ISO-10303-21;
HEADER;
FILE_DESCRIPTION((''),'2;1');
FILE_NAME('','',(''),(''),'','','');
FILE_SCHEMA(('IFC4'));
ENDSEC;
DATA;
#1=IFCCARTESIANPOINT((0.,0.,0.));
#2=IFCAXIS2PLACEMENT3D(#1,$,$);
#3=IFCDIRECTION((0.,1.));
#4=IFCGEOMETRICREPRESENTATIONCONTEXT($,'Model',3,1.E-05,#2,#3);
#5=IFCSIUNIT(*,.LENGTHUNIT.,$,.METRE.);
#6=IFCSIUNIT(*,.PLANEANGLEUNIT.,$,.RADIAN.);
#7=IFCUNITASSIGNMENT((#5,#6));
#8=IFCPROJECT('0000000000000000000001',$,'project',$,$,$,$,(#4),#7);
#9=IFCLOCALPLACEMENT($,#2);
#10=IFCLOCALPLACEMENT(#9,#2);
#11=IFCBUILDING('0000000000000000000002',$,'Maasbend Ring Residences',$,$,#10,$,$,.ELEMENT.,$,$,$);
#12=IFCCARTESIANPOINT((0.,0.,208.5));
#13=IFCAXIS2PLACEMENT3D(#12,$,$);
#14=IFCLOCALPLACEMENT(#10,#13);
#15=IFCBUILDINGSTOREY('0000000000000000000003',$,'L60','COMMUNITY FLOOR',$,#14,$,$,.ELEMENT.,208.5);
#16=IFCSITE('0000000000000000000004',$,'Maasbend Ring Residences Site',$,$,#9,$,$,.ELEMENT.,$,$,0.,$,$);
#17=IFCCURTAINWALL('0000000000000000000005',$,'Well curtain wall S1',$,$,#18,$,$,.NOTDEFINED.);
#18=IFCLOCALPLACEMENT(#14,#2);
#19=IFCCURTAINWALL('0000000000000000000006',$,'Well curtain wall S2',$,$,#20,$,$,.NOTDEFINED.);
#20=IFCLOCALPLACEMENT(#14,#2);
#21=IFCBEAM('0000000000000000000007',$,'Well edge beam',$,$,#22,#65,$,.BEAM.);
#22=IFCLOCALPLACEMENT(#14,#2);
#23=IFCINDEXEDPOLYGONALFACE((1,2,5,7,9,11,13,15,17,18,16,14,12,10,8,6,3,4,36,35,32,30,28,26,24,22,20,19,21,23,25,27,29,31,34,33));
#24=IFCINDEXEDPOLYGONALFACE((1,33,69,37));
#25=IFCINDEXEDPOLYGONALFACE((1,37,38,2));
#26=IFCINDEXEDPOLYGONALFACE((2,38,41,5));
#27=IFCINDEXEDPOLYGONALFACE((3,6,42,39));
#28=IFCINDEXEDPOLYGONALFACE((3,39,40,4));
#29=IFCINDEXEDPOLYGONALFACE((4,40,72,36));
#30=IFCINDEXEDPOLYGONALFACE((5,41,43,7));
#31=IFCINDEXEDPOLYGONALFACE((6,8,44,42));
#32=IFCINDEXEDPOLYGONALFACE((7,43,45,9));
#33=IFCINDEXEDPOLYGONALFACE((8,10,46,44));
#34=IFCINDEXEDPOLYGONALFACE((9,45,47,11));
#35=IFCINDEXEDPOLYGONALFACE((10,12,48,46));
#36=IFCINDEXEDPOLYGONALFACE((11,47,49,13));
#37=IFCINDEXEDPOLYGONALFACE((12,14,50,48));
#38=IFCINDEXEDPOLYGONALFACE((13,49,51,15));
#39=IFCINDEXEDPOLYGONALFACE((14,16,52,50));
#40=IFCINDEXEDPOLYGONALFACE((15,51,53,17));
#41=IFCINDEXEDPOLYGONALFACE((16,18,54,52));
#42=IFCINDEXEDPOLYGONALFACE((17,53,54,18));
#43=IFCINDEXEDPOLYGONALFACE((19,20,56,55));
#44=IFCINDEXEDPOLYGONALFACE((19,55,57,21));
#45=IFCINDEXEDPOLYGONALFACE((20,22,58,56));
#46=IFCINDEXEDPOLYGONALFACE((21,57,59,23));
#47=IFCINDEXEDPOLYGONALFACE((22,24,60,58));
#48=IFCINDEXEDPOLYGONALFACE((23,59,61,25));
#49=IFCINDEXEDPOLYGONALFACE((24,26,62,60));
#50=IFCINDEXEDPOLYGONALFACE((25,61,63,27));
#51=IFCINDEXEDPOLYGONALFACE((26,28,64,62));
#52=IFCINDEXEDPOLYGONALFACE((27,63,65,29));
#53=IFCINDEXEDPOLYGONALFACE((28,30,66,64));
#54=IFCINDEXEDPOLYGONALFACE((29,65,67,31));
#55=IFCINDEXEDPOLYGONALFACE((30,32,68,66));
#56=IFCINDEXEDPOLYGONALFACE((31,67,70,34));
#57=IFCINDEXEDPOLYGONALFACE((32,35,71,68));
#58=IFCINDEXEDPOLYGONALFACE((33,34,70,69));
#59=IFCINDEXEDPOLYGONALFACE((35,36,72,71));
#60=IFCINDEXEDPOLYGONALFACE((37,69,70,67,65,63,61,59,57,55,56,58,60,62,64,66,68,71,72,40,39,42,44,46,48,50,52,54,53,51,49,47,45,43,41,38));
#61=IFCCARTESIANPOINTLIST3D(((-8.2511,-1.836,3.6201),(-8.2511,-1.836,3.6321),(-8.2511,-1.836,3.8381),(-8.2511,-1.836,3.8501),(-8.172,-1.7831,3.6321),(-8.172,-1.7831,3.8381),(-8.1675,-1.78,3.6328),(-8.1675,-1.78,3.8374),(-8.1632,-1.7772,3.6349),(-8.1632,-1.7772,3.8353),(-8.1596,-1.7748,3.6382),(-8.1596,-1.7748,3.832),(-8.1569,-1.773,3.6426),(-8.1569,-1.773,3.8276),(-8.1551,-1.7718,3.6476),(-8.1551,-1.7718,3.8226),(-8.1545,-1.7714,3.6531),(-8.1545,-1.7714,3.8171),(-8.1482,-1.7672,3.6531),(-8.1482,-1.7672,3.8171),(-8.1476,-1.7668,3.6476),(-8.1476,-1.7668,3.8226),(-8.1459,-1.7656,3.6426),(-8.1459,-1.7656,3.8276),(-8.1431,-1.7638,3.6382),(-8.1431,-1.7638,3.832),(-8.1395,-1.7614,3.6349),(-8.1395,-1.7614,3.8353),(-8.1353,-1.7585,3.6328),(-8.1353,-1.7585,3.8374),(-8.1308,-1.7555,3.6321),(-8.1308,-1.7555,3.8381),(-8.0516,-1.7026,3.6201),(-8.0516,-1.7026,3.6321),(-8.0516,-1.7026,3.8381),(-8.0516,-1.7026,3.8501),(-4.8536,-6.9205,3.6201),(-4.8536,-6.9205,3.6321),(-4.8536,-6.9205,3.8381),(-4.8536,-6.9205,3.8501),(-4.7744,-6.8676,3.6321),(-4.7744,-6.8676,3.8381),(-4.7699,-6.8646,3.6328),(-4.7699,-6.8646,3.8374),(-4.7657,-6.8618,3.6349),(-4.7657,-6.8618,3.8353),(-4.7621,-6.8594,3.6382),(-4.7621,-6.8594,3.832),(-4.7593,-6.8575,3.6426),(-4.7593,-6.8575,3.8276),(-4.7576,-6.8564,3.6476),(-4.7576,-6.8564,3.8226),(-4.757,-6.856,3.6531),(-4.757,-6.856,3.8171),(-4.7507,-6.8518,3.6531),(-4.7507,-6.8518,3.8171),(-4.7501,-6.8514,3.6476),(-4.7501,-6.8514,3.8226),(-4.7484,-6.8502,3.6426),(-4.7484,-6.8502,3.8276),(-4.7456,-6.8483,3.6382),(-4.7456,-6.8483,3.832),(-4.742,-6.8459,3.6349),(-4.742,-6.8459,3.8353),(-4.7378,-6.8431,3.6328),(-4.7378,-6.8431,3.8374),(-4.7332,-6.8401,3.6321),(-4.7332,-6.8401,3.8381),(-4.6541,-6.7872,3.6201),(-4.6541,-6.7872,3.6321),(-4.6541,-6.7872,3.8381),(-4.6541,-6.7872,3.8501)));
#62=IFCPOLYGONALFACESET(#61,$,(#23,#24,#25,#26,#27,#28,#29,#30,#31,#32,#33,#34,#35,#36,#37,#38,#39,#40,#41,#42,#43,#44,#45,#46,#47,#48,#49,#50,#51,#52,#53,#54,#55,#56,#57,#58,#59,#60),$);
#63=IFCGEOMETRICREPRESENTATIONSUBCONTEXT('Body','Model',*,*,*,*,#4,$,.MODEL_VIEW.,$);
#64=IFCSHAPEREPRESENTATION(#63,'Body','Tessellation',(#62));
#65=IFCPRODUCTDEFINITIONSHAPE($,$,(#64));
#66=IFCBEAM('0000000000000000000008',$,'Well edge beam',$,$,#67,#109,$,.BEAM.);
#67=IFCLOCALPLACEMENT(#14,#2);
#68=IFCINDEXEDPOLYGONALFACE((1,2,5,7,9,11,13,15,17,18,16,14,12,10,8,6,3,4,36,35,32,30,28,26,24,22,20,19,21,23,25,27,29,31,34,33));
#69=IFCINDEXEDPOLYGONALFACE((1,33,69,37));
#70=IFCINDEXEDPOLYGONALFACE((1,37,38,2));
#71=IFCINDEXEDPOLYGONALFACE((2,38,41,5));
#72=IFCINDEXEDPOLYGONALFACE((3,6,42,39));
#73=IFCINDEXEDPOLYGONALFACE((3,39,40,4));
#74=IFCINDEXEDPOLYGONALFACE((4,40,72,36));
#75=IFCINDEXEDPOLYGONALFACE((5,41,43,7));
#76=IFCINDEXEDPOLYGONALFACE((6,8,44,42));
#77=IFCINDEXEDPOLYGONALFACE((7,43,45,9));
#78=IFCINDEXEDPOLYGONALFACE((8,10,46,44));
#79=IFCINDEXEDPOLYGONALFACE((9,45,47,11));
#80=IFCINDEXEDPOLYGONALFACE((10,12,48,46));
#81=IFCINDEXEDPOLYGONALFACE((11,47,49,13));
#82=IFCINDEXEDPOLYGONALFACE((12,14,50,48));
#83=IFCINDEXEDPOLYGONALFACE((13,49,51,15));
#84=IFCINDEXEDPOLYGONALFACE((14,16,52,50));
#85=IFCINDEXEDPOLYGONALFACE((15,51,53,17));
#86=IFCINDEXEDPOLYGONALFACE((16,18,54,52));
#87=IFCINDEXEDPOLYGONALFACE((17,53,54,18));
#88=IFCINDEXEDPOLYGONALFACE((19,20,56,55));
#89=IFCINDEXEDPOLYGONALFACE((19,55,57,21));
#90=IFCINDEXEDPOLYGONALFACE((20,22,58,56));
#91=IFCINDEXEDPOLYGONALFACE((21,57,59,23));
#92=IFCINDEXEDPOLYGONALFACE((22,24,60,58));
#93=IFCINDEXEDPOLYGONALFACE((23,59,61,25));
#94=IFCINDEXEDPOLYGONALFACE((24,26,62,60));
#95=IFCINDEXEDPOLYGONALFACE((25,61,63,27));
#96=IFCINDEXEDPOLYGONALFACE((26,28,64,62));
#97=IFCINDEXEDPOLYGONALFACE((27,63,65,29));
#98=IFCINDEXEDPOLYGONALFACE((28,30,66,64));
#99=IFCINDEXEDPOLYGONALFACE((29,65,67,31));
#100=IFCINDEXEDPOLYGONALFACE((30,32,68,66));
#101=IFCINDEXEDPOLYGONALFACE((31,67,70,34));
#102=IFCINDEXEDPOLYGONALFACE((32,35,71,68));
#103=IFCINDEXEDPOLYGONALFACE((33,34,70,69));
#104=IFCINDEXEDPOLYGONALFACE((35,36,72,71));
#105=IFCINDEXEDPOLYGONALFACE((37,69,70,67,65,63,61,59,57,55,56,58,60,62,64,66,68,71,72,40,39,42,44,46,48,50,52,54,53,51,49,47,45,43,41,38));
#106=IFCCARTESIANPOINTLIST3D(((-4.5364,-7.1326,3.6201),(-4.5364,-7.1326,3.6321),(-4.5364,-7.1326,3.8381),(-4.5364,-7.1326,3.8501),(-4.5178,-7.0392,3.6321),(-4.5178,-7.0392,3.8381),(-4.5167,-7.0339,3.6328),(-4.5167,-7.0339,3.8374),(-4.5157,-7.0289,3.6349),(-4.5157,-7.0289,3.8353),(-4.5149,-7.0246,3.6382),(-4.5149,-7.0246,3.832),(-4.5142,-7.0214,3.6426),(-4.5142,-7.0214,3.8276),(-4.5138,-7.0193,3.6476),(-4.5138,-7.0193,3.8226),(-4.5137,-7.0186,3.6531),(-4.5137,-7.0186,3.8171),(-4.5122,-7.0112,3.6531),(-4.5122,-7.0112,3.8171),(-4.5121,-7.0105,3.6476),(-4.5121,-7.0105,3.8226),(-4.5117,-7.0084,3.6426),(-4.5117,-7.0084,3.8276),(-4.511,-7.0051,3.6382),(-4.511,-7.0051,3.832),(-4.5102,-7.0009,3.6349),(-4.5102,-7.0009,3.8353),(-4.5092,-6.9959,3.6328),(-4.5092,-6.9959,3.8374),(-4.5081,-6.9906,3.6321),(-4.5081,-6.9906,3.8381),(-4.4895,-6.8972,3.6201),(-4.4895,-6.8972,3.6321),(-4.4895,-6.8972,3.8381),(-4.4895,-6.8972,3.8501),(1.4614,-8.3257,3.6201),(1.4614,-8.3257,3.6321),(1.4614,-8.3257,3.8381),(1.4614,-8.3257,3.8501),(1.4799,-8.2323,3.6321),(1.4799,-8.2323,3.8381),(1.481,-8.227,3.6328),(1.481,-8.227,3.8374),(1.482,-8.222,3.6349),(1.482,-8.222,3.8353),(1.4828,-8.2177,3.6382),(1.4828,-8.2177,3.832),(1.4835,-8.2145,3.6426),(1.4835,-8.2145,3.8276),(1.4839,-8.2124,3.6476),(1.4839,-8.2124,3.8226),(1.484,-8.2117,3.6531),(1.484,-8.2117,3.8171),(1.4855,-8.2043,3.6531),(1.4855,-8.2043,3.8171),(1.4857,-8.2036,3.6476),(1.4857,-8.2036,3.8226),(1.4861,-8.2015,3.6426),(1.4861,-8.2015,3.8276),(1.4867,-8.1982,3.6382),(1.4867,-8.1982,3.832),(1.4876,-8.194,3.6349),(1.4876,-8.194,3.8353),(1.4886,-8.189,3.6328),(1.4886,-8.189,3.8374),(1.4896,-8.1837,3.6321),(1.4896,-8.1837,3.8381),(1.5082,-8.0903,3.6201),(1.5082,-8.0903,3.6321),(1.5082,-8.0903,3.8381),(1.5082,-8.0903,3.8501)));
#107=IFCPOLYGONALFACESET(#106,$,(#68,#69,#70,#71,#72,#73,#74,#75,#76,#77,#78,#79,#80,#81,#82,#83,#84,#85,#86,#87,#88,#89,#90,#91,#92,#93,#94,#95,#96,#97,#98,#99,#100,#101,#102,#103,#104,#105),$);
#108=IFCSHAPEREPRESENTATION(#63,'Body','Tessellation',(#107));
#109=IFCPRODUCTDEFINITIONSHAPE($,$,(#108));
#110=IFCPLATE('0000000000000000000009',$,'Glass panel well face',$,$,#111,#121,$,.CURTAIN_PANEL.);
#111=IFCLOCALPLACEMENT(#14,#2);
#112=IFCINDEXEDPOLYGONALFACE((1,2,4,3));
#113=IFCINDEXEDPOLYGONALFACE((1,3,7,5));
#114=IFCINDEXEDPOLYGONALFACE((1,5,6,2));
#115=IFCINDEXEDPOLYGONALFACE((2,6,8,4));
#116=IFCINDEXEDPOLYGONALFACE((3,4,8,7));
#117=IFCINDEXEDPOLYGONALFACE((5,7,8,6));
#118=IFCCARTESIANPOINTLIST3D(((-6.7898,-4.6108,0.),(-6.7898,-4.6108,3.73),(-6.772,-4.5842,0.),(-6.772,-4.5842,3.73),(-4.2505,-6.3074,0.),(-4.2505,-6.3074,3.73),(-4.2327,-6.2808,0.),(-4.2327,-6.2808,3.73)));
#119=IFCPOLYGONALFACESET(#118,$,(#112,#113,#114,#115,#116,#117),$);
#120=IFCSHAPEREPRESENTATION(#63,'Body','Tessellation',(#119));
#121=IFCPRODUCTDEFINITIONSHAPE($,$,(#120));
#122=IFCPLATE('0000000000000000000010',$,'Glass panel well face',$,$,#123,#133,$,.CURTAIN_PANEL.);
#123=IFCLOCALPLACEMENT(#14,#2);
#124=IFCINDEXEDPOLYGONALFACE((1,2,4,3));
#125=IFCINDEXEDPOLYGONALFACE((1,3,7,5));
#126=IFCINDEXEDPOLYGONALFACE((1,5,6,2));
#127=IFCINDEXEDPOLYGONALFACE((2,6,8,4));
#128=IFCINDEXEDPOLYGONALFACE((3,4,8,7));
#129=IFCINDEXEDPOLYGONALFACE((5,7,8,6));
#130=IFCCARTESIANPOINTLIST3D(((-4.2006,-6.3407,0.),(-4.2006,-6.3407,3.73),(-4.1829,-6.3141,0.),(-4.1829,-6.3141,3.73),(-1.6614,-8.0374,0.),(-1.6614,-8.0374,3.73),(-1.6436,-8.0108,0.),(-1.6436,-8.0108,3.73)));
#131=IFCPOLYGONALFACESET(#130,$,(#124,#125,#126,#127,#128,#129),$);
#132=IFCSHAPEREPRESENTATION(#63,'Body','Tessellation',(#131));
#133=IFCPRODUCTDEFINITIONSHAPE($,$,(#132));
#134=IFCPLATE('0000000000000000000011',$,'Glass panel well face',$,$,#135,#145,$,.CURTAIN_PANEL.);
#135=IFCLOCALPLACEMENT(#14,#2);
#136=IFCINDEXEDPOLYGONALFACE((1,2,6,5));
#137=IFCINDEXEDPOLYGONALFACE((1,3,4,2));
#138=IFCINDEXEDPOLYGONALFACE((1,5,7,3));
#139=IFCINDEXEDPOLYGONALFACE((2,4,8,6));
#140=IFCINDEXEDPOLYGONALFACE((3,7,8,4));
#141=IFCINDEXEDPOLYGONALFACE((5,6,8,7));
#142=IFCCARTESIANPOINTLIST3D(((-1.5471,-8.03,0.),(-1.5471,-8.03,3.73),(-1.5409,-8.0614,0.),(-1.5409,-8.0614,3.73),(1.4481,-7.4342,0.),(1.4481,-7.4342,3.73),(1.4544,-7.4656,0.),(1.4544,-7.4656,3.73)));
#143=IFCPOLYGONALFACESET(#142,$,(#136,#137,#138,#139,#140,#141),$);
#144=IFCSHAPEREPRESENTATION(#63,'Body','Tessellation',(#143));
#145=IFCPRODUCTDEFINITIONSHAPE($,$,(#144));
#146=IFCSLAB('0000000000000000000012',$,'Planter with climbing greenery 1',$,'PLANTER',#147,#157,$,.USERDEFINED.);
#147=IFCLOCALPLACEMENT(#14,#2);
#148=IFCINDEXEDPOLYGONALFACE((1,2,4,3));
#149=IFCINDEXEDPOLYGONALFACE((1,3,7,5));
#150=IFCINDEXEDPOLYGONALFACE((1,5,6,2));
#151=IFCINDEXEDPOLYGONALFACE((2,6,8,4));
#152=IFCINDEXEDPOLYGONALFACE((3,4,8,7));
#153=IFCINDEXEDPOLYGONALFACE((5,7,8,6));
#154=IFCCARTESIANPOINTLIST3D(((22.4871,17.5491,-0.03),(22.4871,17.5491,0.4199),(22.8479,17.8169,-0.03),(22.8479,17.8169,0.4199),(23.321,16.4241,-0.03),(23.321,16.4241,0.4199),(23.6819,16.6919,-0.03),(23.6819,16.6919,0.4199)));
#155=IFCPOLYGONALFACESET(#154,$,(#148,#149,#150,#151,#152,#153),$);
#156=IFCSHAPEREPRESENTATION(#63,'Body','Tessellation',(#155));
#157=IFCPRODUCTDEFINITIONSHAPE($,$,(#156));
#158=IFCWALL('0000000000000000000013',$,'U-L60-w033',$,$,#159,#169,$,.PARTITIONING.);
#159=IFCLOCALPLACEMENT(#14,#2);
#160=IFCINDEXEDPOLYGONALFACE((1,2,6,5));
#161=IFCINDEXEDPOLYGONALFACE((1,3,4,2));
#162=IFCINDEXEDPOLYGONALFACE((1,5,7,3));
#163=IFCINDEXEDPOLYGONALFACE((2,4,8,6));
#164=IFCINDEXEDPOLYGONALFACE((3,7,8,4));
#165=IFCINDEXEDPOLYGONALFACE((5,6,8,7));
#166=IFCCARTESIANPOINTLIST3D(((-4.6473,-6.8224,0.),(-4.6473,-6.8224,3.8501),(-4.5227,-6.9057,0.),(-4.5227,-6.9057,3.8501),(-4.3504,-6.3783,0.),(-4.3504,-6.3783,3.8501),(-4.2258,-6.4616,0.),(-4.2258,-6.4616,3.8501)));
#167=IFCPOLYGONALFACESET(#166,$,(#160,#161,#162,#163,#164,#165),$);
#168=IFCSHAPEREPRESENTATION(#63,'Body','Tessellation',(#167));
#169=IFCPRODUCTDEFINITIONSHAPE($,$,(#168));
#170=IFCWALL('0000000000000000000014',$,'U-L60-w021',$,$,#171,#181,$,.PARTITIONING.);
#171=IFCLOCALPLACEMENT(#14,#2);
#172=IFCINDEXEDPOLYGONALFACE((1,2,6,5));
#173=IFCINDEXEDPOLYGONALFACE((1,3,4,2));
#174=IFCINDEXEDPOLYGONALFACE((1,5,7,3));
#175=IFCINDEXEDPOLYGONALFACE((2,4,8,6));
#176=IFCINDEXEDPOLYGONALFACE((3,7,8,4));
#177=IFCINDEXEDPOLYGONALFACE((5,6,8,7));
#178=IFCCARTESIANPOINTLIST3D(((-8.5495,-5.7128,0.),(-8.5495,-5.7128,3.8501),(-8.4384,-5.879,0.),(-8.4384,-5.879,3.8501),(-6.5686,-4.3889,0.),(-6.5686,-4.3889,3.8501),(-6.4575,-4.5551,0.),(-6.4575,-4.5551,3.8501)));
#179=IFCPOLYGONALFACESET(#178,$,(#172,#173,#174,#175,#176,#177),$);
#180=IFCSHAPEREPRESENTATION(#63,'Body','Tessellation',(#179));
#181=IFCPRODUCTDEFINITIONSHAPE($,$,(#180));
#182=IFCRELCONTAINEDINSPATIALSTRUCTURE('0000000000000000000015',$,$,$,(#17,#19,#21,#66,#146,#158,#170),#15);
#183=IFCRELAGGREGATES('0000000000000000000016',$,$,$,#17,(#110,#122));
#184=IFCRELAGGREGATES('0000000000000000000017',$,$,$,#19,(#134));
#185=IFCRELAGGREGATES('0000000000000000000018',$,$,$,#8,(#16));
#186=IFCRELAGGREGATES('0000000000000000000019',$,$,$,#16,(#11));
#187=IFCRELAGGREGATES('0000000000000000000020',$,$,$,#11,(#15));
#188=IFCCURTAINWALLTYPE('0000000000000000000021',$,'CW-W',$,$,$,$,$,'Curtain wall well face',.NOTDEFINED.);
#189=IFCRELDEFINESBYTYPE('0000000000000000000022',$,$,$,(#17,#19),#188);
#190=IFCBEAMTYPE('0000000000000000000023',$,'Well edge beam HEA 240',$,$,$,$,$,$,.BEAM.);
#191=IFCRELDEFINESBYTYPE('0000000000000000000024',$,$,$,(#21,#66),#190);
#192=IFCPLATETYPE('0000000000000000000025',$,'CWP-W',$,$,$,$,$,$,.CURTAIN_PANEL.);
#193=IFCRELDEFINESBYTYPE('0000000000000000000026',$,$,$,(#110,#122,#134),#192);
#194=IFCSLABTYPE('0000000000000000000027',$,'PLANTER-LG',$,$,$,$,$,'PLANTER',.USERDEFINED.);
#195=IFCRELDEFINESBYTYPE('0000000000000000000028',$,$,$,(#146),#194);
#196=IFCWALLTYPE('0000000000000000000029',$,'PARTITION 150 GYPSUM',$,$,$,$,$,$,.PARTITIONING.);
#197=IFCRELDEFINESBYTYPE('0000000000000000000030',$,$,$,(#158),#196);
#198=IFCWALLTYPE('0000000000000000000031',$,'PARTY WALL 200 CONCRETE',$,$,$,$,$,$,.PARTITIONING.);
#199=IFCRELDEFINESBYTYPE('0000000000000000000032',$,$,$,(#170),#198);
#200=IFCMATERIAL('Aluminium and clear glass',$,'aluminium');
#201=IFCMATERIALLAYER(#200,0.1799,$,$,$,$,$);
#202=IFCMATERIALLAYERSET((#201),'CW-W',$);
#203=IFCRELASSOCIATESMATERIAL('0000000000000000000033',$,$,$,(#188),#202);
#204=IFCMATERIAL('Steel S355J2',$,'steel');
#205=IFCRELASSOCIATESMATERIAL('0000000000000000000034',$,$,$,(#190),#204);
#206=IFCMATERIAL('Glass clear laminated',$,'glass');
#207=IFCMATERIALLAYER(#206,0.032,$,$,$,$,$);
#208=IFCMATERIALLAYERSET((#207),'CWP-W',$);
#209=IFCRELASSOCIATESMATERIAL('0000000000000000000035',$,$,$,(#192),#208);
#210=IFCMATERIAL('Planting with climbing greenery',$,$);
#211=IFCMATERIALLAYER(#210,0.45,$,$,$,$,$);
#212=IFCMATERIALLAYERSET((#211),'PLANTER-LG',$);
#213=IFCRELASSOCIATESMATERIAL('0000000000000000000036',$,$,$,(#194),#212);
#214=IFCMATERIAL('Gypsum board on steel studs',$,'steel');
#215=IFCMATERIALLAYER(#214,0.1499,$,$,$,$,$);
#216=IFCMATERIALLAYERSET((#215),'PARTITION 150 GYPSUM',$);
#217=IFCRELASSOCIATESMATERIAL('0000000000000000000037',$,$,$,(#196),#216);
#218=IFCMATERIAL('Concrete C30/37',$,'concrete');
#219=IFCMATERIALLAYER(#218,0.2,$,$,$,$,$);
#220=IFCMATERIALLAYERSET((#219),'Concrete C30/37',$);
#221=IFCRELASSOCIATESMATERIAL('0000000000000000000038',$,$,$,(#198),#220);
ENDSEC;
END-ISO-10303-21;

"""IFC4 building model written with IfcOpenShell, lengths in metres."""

from ifc_helpers import new_model, si_unit, direction, frame, frame_2d, origin, origin_2d, place, context, subcontext, project, spatial, polyline, rectangle, i_section, outline, extrude, material, layer, layer_set, material_profile, profile_set, type_object, element, aggregate, save


model = new_model("IFC4")

# Units and contexts
model_context = context("Model", 3, precision=1e-05, world=origin(), true_north=direction((0.0, 1.0)))
body_context = subcontext(model_context, "Body", "Model", "MODEL_VIEW")
ifc_project = project(units=[si_unit("LENGTHUNIT", "METRE"), si_unit("PLANEANGLEUNIT", "RADIAN")], contexts=[model_context])

# Site, building, storey
site_placement = place(None, origin())
site = spatial("IfcSite", under=ifc_project, at=site_placement, Name="Maasbend Ring Residences Site", CompositionType="ELEMENT", RefElevation=0.0)
building_placement = place(site_placement, origin())
building = spatial("IfcBuilding", under=site, at=building_placement, Name="Maasbend Ring Residences", CompositionType="ELEMENT")
storey_placement = place(building_placement, frame((0.0, 0.0, 208.5)))
storey = spatial("IfcBuildingStorey", under=building, at=storey_placement, Name="L60", Description="COMMUNITY FLOOR", CompositionType="ELEMENT", Elevation=208.5)

# Curtain wall
ifc_material_1 = material(Name="Aluminium and clear glass", Category="aluminium")
ifc_layer_1 = layer(ifc_material_1, 0.1799)
ifc_layer_set_1 = layer_set([ifc_layer_1], Name="CW-W")
curtain_wall_type = type_object("IfcCurtainWallType", Name="CW-W", ElementType="Curtain wall well face", PredefinedType="NOTDEFINED", material=ifc_layer_set_1)
curtain_wall_1_placement = place(storey_placement, origin())
curtain_wall_1 = element("IfcCurtainWall", 1, at=curtain_wall_1_placement, inside=storey, type_object=curtain_wall_type, Name="Well curtain wall S1", PredefinedType="NOTDEFINED")

# Curtain wall
curtain_wall_2_placement = place(storey_placement, origin())
curtain_wall_2 = element("IfcCurtainWall", 2, at=curtain_wall_2_placement, inside=storey, type_object=curtain_wall_type, Name="Well curtain wall S2", PredefinedType="NOTDEFINED")

# Beams
ifc_material_2 = material(Name="Steel S355J2", Category="steel")
ifc_material_profile_1 = material_profile(ifc_material_2, i_section(OverallWidth=0.24, OverallDepth=0.23, WebThickness=0.0076, FlangeThickness=0.012, FilletRadius=0.021, at=origin_2d()), Name="HEA 240")
ifc_profile_set_1 = profile_set([ifc_material_profile_1], Name="Steel S355J2")
beam_type = type_object("IfcBeamType", Name="Well edge beam HEA 240", PredefinedType="BEAM", material=ifc_profile_set_1)
for number, where, z_axis, x_axis, name in (
    (3, (-8.1514, -1.7693, 3.7351), (0.555584, -0.83146, 0.0), (0.83146, 0.555584, 0.0), "Well edge beam"),
    (4, (-4.5129, -7.0149, 3.7351), (0.980783, -0.195103, 0.0), (0.195103, 0.980783, 0.0), "Well edge beam"),
):
    element("IfcBeam", number, at=place(storey_placement, frame(where, z_axis=z_axis, x_axis=x_axis)), inside=storey, type_object=beam_type, Name=name, PredefinedType="BEAM", context=body_context, shape_type="SweptSolid", body=[
        extrude(i_section(OverallWidth=0.24, OverallDepth=0.23, WebThickness=0.0076, FlangeThickness=0.012, FilletRadius=0.021, at=origin_2d()), origin(), (0.0, 0.0, 1.0), 6.1152),
    ])

# Plates
ifc_material_3 = material(Name="Glass clear laminated", Category="glass")
ifc_layer_2 = layer(ifc_material_3, 0.032)
ifc_layer_set_2 = layer_set([ifc_layer_2], Name="CWP-W")
plate_type = type_object("IfcPlateType", Name="CWP-W", PredefinedType="CURTAIN_PANEL", material=ifc_layer_set_2)
plate_1_placement = place(storey_placement, frame((-5.5112, -5.4458, 0.0), z_axis=(0.0, 0.0, 1.0), x_axis=(0.83147, -0.55557, 0.0)))
plate_1 = element("IfcPlate", 5, at=plate_1_placement, type_object=plate_type, Name="Glass panel well face", PredefinedType="CURTAIN_PANEL", context=body_context, shape_type="SweptSolid", body=[
    extrude(rectangle(XDim=3.054, YDim=0.032, at=origin_2d()), origin(), (0.0, 0.0, 1.0), 3.73),
])
plate_2_placement = place(storey_placement, frame((-2.9221, -7.1758, 0.0), z_axis=(0.0, 0.0, 1.0), x_axis=(0.83147, -0.55557, 0.0)))
plate_2 = element("IfcPlate", 6, at=plate_2_placement, type_object=plate_type, Name="Glass panel well face", PredefinedType="CURTAIN_PANEL", context=body_context, shape_type="SweptSolid", body=[
    extrude(rectangle(XDim=3.054, YDim=0.032, at=origin_2d()), origin(), (0.0, 0.0, 1.0), 3.73),
])
aggregate(curtain_wall_1, [plate_1, plate_2])
plate_3_placement = place(storey_placement, frame((-0.0464, -7.7478, 0.0), z_axis=(0.0, 0.0, 1.0), x_axis=(0.980785, 0.19509, 0.0)))
plate_3 = element("IfcPlate", 7, at=plate_3_placement, type_object=plate_type, Name="Glass panel well face", PredefinedType="CURTAIN_PANEL", context=body_context, shape_type="SweptSolid", body=[
    extrude(rectangle(XDim=3.054, YDim=0.032, at=origin_2d()), origin(), (0.0, 0.0, 1.0), 3.73),
])
aggregate(curtain_wall_2, [plate_3])

# Slab
ifc_material_4 = material(Name="Planting with climbing greenery")
ifc_layer_3 = layer(ifc_material_4, 0.45)
ifc_layer_set_3 = layer_set([ifc_layer_3], Name="PLANTER-LG")
slab_type_1 = type_object("IfcSlabType", Name="PLANTER-LG", ElementType="PLANTER", PredefinedType="USERDEFINED", material=ifc_layer_set_3)
slab_1_placement = place(storey_placement, frame((0.0, 0.0, -0.03)))
element("IfcSlab", 8, at=slab_1_placement, inside=storey, type_object=slab_type_1, Name="Planter with climbing greenery 1", ObjectType="PLANTER", PredefinedType="USERDEFINED", context=body_context, shape_type="SweptSolid", body=[
    extrude(outline(polyline([(23.6819, 16.6919), (22.8479, 17.8169), (22.4871, 17.5491), (23.321, 16.4241), (23.6819, 16.6919)])), origin(), (0.0, 0.0, 1.0), 0.45),
])

# Walls
ifc_material_5 = material(Name="Gypsum board on steel studs", Category="steel")
ifc_layer_4 = layer(ifc_material_5, 0.1499)
ifc_layer_set_4 = layer_set([ifc_layer_4], Name="PARTITION 150 GYPSUM")
wall_type_1 = type_object("IfcWallType", Name="PARTITION 150 GYPSUM", PredefinedType="PARTITIONING", material=ifc_layer_set_4)
wall_1_placement = place(storey_placement, frame((-4.585, -6.864, 0.0), z_axis=(0.0, 0.0, 1.0), x_axis=(0.555754, 0.831346, 0.0)))
element("IfcWall", 9, at=wall_1_placement, inside=storey, type_object=wall_type_1, Name="U-L60-w033", PredefinedType="PARTITIONING", context=body_context, shape_type="SweptSolid", body=[
    extrude(rectangle(XDim=0.5342, YDim=0.1499, at=frame_2d((0.2671, 0.0))), origin(), (0.0, 0.0, 1.0), 3.8501),
])
ifc_material_6 = material(Name="Concrete C30/37", Category="concrete")
ifc_layer_5 = layer(ifc_material_6, 0.2)
ifc_layer_set_5 = layer_set([ifc_layer_5], Name="Concrete C30/37")
wall_type_2 = type_object("IfcWallType", Name="PARTY WALL 200 CONCRETE", PredefinedType="PARTITIONING", material=ifc_layer_set_5)
wall_2_placement = place(storey_placement, frame((-6.5129, -4.4719, 0.0), z_axis=(0.0, 0.0, 1.0), x_axis=(-0.831403, -0.555669, 0.0)))
element("IfcWall", 10, at=wall_2_placement, inside=storey, type_object=wall_type_2, Name="U-L60-w021", PredefinedType="PARTITIONING", context=body_context, shape_type="SweptSolid", body=[
    extrude(rectangle(XDim=2.3826, YDim=0.2, at=frame_2d((1.1914, 0.0))), origin(), (0.0, 0.0, 1.0), 3.8501),
])

save(model, "model.ifc")
